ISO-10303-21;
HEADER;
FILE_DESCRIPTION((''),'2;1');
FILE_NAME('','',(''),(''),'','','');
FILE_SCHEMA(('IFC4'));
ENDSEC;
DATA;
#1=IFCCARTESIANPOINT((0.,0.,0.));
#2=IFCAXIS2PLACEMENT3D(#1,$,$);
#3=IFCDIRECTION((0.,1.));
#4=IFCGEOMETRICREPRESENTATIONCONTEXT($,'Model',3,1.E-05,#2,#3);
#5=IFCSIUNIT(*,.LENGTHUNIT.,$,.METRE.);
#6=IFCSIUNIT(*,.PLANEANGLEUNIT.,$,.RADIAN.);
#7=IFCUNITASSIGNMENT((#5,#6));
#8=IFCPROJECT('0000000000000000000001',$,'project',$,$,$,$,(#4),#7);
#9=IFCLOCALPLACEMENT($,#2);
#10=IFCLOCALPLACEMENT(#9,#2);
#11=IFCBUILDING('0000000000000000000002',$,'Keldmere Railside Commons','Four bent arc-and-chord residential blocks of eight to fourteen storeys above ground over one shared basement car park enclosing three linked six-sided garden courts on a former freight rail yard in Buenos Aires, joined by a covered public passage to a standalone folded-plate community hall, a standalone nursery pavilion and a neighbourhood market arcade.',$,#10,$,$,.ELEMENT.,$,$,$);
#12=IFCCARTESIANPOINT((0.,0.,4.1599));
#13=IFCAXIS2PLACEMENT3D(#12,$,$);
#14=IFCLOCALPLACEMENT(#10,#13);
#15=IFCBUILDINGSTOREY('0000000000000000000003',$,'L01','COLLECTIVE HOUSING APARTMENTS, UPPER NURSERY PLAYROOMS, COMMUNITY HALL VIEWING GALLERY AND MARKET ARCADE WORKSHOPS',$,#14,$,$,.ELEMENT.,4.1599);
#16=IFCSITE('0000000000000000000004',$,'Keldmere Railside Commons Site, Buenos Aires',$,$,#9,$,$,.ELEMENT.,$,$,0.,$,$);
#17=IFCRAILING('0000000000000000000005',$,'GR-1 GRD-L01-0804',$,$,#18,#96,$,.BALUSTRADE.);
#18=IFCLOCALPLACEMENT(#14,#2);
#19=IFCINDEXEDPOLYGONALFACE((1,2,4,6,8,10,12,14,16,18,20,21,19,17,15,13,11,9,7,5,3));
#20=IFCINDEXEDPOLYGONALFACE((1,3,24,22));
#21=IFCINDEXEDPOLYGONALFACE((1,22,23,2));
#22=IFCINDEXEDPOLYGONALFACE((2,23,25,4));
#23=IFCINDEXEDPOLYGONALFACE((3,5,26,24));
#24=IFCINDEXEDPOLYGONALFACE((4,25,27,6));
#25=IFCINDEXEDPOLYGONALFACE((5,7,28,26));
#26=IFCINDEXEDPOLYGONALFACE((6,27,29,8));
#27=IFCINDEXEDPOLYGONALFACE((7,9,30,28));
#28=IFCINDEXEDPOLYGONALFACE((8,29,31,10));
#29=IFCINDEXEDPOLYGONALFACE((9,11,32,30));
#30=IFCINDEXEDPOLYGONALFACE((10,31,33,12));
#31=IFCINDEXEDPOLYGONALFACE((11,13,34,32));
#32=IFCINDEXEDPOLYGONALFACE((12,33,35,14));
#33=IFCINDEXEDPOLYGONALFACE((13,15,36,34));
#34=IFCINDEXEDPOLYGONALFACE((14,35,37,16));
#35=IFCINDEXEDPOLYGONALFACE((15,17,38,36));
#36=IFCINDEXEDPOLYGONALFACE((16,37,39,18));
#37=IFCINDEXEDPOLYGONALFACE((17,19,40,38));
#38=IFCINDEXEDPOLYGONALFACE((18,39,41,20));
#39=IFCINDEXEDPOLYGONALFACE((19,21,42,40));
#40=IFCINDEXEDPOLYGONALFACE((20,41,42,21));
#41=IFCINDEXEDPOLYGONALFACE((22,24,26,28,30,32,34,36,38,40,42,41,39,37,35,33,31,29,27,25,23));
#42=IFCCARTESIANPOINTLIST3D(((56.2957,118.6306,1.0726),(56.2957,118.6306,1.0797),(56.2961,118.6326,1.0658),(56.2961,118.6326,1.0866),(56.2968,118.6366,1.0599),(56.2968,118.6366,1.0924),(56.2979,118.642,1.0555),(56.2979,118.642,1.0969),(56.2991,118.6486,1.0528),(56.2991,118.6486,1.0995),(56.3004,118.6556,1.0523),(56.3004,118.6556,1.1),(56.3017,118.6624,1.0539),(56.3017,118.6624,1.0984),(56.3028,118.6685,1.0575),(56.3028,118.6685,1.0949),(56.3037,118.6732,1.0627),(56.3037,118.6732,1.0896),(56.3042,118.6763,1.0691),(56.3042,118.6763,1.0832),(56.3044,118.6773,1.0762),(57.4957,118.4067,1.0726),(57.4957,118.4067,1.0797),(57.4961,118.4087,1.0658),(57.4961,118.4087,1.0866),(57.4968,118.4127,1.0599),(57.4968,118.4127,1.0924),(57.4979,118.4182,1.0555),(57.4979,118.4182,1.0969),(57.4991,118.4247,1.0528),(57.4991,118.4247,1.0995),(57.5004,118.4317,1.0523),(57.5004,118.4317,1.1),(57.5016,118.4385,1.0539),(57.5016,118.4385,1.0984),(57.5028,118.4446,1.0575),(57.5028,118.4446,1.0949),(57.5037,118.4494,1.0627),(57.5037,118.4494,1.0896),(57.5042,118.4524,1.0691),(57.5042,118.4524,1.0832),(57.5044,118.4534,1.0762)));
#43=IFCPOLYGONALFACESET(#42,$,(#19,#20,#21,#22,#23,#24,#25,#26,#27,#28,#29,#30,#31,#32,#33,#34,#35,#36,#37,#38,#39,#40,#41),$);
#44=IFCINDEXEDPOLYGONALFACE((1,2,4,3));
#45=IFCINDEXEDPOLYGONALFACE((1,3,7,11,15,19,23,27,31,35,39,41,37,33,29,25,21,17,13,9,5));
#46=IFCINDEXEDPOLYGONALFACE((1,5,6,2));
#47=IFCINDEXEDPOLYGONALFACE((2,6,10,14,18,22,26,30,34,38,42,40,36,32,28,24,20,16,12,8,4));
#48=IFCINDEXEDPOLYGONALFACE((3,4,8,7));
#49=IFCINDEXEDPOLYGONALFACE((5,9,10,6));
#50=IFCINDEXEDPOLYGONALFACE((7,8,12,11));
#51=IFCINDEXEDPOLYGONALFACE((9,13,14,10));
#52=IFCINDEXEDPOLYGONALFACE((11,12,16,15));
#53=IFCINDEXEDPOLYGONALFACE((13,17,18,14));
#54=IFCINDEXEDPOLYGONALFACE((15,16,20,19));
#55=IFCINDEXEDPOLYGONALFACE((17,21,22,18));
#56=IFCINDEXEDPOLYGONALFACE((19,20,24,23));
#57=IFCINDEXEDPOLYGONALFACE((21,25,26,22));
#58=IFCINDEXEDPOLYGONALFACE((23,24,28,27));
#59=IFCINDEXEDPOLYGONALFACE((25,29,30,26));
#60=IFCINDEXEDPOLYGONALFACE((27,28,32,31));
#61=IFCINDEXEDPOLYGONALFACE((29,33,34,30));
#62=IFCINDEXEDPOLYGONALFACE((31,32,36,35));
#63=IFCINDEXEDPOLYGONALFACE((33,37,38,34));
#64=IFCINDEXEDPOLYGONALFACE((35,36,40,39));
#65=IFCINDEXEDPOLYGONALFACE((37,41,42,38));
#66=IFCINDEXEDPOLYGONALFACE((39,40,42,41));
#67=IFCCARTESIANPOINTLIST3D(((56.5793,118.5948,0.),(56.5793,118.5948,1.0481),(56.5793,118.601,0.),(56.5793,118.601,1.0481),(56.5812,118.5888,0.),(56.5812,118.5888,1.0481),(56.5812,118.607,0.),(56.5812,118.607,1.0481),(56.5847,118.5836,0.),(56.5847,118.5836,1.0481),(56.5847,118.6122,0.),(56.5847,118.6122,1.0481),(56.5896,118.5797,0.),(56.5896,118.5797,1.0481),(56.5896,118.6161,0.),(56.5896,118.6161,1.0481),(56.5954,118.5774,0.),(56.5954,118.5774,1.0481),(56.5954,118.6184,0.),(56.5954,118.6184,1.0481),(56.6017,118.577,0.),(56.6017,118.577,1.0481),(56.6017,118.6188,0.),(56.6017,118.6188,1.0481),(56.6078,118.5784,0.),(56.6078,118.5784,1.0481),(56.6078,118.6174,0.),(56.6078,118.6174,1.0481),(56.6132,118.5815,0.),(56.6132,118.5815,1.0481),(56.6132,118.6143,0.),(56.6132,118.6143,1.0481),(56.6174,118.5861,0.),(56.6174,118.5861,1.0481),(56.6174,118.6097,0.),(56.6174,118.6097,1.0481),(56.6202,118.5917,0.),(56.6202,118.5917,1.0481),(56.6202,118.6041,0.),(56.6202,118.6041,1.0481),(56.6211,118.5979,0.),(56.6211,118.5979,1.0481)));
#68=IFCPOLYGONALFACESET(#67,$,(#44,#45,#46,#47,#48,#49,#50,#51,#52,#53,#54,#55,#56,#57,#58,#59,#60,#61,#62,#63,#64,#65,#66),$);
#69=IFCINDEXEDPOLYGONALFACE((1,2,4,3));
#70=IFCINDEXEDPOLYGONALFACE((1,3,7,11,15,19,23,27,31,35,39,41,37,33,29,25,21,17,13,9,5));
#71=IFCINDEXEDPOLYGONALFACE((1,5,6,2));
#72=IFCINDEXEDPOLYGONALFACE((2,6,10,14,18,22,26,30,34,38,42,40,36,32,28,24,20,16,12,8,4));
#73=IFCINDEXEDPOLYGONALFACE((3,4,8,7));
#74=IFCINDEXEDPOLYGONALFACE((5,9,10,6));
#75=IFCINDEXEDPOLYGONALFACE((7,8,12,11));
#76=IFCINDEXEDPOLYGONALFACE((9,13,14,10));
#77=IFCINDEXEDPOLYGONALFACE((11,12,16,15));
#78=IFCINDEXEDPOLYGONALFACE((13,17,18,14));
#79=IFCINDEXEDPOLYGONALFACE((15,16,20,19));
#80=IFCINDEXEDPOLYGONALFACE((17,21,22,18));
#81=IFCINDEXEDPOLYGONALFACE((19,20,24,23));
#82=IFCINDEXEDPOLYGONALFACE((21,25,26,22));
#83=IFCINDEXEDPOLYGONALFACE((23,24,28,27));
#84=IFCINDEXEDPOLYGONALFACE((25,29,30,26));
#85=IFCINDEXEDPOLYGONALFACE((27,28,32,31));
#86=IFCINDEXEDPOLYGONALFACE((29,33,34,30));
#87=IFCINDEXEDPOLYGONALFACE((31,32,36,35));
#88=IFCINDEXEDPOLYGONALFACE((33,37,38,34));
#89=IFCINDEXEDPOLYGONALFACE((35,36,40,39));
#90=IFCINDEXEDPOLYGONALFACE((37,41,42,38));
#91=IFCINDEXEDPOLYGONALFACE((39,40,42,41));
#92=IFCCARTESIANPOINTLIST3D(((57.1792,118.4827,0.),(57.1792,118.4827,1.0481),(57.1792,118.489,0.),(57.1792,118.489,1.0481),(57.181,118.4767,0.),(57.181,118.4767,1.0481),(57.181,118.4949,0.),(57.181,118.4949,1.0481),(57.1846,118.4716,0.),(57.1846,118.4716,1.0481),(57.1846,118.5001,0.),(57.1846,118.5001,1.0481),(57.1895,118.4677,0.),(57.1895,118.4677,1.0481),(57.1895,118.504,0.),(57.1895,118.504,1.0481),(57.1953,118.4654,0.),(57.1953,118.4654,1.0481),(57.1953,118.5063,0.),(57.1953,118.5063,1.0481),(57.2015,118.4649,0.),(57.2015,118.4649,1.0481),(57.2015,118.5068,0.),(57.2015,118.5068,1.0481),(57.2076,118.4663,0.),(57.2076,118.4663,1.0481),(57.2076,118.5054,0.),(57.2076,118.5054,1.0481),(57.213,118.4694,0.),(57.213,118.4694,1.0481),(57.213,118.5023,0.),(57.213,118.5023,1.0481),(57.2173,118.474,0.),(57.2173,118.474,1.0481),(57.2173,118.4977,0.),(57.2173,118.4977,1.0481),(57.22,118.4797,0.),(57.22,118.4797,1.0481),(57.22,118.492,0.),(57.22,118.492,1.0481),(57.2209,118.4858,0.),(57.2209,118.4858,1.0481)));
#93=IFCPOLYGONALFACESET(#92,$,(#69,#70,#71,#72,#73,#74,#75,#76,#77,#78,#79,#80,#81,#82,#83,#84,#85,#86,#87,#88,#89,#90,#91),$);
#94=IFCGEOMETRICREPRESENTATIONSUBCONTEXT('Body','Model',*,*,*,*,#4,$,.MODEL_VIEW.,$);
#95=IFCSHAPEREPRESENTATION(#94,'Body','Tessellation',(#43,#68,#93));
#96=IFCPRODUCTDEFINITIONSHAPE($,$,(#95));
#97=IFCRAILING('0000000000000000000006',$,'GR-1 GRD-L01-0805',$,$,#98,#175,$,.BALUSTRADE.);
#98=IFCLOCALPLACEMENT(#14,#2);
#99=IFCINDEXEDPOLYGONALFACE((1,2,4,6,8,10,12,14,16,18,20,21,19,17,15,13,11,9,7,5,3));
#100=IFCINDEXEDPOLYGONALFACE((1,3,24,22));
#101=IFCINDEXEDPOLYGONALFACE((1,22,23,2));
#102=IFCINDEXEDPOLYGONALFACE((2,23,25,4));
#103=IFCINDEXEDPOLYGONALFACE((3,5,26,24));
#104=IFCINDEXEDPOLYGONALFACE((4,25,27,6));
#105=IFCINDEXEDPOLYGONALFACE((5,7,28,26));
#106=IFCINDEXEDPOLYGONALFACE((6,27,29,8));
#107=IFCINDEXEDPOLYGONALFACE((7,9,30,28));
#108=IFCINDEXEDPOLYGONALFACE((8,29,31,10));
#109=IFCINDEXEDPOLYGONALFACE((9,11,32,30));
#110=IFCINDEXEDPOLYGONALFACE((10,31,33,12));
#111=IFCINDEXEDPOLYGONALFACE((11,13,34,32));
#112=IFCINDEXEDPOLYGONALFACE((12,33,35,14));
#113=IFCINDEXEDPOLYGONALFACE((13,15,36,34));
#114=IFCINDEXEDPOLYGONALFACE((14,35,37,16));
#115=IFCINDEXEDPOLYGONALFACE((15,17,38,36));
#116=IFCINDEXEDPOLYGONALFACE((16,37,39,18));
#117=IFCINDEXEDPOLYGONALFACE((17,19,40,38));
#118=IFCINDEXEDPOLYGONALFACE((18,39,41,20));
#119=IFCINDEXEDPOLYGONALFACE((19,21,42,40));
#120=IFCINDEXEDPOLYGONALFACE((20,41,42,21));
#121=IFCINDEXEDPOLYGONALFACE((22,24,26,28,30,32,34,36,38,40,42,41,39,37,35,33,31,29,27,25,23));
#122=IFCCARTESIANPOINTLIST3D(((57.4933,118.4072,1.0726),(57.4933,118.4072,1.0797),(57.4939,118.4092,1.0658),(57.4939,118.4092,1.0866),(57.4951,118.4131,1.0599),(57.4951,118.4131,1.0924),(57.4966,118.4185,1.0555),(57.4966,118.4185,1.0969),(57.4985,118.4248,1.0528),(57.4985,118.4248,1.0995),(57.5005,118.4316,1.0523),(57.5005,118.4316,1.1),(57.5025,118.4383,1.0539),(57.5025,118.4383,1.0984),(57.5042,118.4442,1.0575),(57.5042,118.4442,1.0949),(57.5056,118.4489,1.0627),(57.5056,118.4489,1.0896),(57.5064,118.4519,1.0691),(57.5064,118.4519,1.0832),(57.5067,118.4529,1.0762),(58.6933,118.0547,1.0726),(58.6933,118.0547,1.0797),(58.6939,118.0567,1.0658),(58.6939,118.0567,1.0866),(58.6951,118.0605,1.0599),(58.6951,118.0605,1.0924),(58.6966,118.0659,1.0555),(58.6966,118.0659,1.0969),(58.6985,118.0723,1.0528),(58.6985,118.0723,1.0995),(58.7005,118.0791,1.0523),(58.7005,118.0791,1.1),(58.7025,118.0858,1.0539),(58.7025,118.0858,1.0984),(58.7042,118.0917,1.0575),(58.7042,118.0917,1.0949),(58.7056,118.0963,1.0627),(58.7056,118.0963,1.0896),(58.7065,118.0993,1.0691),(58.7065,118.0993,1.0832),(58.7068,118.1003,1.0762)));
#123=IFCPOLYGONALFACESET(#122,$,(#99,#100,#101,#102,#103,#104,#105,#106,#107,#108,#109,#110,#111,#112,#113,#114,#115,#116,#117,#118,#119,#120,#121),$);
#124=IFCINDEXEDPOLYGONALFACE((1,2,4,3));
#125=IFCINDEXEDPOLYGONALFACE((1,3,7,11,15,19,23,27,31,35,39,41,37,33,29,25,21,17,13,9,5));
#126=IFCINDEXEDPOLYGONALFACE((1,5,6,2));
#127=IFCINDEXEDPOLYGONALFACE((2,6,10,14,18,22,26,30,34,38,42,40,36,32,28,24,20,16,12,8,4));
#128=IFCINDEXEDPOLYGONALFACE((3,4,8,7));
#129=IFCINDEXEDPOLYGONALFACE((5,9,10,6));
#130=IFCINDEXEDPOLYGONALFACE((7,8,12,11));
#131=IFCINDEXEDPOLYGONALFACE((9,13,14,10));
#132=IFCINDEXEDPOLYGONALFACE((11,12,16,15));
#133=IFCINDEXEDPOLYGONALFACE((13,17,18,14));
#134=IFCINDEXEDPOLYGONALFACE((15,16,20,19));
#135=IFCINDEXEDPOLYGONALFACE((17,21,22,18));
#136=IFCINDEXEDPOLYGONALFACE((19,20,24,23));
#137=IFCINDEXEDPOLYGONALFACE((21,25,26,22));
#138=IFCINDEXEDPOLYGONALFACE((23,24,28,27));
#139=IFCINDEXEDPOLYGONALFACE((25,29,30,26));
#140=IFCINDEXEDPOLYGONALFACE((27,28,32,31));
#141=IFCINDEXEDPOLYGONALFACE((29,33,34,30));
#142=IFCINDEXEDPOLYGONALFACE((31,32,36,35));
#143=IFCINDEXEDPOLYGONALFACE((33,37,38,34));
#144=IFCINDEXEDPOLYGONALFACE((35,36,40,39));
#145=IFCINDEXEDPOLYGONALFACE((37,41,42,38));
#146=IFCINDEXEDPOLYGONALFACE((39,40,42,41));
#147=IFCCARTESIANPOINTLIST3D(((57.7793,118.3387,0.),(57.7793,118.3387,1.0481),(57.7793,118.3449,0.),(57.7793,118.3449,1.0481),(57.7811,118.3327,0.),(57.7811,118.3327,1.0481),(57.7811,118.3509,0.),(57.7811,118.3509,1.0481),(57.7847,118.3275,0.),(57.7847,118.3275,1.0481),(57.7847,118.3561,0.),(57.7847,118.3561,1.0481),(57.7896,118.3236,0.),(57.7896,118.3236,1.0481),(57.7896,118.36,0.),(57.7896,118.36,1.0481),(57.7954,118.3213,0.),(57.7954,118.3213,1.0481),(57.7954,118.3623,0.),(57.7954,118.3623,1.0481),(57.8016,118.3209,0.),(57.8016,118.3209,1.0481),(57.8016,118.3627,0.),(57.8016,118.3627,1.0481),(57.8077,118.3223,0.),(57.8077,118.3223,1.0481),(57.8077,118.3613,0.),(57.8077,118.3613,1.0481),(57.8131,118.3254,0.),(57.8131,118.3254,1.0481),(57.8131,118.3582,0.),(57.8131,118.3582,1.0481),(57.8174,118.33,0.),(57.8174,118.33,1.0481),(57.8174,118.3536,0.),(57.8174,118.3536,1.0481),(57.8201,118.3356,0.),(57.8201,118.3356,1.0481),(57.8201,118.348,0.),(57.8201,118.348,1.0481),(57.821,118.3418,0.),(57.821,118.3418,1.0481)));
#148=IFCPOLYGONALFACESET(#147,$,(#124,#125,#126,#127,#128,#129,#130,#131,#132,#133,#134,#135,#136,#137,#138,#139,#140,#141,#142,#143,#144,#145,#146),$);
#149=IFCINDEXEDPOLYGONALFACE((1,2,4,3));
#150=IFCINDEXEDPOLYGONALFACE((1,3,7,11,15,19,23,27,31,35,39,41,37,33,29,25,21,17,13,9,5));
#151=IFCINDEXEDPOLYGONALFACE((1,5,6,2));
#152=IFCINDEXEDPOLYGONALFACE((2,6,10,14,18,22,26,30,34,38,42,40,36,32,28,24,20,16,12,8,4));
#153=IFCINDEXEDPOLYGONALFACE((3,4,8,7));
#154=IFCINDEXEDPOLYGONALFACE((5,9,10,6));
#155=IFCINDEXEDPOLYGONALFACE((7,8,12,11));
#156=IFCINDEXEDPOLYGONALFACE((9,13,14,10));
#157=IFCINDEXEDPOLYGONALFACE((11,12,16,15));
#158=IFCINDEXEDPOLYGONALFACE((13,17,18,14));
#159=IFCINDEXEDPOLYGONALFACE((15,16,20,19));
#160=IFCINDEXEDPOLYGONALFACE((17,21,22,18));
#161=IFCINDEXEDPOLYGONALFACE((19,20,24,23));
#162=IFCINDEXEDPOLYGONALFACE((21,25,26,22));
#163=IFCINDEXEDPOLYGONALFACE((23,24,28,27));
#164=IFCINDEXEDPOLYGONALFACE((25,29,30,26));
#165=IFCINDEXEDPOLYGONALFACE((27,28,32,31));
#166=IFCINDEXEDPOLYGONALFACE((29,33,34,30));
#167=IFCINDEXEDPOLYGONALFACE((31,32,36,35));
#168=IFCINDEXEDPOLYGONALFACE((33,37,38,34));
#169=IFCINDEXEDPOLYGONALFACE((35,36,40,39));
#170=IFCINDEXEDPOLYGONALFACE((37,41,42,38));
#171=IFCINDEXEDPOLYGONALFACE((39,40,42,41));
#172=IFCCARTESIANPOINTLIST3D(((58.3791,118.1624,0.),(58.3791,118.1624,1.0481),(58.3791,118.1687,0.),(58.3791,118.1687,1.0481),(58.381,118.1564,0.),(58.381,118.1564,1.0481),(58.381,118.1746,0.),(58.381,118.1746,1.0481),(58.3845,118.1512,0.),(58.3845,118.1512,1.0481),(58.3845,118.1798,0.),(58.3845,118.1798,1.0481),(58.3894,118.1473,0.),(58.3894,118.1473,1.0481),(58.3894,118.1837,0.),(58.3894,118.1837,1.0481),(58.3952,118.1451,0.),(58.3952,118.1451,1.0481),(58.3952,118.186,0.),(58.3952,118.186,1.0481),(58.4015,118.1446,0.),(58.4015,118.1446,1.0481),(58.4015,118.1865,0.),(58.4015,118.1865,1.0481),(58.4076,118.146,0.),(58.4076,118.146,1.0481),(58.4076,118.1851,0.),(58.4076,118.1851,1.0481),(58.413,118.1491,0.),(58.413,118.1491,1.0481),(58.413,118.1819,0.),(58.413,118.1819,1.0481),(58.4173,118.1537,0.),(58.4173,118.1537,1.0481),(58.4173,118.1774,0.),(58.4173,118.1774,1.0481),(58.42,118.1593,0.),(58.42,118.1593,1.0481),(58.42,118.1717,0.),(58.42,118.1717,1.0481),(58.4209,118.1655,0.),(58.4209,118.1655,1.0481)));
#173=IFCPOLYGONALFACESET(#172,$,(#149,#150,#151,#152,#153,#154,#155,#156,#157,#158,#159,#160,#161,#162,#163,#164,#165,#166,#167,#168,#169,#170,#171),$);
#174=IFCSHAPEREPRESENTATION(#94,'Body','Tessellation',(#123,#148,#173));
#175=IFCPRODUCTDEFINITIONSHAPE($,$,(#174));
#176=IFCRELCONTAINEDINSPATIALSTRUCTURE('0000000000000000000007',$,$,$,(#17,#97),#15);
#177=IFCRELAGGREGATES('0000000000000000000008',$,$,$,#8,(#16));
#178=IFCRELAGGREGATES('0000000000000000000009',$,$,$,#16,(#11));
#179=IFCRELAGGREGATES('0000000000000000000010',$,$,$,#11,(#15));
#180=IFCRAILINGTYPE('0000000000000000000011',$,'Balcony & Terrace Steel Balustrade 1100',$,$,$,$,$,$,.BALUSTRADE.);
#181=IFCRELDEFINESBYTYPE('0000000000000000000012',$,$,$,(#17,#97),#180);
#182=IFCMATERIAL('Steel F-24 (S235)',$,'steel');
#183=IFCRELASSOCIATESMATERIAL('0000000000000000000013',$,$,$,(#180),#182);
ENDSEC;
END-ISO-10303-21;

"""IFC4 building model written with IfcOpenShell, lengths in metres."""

from ifc_helpers import new_model, si_unit, direction, frame, origin, origin_2d, place, context, subcontext, project, spatial, circle, extrude, material, type_object, element, save


model = new_model("IFC4")

# Units and contexts
model_context = context("Model", 3, precision=1e-05, world=origin(), true_north=direction((0.0, 1.0)))
body_context = subcontext(model_context, "Body", "Model", "MODEL_VIEW")
ifc_project = project(units=[si_unit("LENGTHUNIT", "METRE"), si_unit("PLANEANGLEUNIT", "RADIAN")], contexts=[model_context])

# Site, building, storey
site_placement = place(None, origin())
site = spatial("IfcSite", under=ifc_project, at=site_placement, Name="Keldmere Railside Commons Site, Buenos Aires", CompositionType="ELEMENT", RefElevation=0.0)
building_placement = place(site_placement, origin())
building = spatial("IfcBuilding", under=site, at=building_placement, Name="Keldmere Railside Commons", Description="Four bent arc-and-chord residential blocks of eight to fourteen storeys above ground over one shared basement car park enclosing three linked six-sided garden courts on a former freight rail yard in Buenos Aires, joined by a covered public passage to a standalone folded-plate community hall, a standalone nursery pavilion and a neighbourhood market arcade.", CompositionType="ELEMENT")
storey_placement = place(building_placement, frame((0.0, 0.0, 4.1599)))
storey = spatial("IfcBuildingStorey", under=building, at=storey_placement, Name="L01", Description="COLLECTIVE HOUSING APARTMENTS, UPPER NURSERY PLAYROOMS, COMMUNITY HALL VIEWING GALLERY AND MARKET ARCADE WORKSHOPS", CompositionType="ELEMENT", Elevation=4.1599)

# Railings
ifc_material_1 = material(Name="Steel F-24 (S235)", Category="steel")
railing_type = type_object("IfcRailingType", Name="Balcony & Terrace Steel Balustrade 1100", PredefinedType="BALUSTRADE", material=ifc_material_1)
railing_1_placement = place(storey_placement, frame((56.3, 118.6538, 0.0)))
element("IfcRailing", 1, at=railing_1_placement, inside=storey, type_object=railing_type, Name="GR-1 GRD-L01-0804", PredefinedType="BALUSTRADE", context=body_context, shape_type="SweptSolid", body=[
    extrude(circle(Radius=0.0239, at=origin_2d()), frame((0.0, 0.0, 1.0762), z_axis=(0.983037, -0.183407, 0.0), x_axis=(0.183407, 0.983037, 0.0)), (0.0, 0.0, 1.0), 1.2207),
    extrude(circle(Radius=0.021, at=origin_2d()), frame((0.3, -0.0559, 0.0)), (0.0, 0.0, 1.0), 1.0481),
    extrude(circle(Radius=0.021, at=origin_2d()), frame((0.8999, -0.168, 0.0)), (0.0, 0.0, 1.0), 1.0481),
])
railing_2_placement = place(storey_placement, frame((57.5, 118.4299, 0.0)))
element("IfcRailing", 2, at=railing_2_placement, inside=storey, type_object=railing_type, Name="GR-1 GRD-L01-0805", PredefinedType="BALUSTRADE", context=body_context, shape_type="SweptSolid", body=[
    extrude(circle(Radius=0.0239, at=origin_2d()), frame((0.0, 0.0, 1.0762), z_axis=(0.959449, -0.281881, 0.0), x_axis=(0.281881, 0.959449, 0.0)), (0.0, 0.0, 1.0), 1.2507),
    extrude(circle(Radius=0.021, at=origin_2d()), frame((0.3, -0.0881, 0.0)), (0.0, 0.0, 1.0), 1.0481),
    extrude(circle(Radius=0.021, at=origin_2d()), frame((0.8999, -0.2644, 0.0)), (0.0, 0.0, 1.0), 1.0481),
])

save(model, "model.ifc")
